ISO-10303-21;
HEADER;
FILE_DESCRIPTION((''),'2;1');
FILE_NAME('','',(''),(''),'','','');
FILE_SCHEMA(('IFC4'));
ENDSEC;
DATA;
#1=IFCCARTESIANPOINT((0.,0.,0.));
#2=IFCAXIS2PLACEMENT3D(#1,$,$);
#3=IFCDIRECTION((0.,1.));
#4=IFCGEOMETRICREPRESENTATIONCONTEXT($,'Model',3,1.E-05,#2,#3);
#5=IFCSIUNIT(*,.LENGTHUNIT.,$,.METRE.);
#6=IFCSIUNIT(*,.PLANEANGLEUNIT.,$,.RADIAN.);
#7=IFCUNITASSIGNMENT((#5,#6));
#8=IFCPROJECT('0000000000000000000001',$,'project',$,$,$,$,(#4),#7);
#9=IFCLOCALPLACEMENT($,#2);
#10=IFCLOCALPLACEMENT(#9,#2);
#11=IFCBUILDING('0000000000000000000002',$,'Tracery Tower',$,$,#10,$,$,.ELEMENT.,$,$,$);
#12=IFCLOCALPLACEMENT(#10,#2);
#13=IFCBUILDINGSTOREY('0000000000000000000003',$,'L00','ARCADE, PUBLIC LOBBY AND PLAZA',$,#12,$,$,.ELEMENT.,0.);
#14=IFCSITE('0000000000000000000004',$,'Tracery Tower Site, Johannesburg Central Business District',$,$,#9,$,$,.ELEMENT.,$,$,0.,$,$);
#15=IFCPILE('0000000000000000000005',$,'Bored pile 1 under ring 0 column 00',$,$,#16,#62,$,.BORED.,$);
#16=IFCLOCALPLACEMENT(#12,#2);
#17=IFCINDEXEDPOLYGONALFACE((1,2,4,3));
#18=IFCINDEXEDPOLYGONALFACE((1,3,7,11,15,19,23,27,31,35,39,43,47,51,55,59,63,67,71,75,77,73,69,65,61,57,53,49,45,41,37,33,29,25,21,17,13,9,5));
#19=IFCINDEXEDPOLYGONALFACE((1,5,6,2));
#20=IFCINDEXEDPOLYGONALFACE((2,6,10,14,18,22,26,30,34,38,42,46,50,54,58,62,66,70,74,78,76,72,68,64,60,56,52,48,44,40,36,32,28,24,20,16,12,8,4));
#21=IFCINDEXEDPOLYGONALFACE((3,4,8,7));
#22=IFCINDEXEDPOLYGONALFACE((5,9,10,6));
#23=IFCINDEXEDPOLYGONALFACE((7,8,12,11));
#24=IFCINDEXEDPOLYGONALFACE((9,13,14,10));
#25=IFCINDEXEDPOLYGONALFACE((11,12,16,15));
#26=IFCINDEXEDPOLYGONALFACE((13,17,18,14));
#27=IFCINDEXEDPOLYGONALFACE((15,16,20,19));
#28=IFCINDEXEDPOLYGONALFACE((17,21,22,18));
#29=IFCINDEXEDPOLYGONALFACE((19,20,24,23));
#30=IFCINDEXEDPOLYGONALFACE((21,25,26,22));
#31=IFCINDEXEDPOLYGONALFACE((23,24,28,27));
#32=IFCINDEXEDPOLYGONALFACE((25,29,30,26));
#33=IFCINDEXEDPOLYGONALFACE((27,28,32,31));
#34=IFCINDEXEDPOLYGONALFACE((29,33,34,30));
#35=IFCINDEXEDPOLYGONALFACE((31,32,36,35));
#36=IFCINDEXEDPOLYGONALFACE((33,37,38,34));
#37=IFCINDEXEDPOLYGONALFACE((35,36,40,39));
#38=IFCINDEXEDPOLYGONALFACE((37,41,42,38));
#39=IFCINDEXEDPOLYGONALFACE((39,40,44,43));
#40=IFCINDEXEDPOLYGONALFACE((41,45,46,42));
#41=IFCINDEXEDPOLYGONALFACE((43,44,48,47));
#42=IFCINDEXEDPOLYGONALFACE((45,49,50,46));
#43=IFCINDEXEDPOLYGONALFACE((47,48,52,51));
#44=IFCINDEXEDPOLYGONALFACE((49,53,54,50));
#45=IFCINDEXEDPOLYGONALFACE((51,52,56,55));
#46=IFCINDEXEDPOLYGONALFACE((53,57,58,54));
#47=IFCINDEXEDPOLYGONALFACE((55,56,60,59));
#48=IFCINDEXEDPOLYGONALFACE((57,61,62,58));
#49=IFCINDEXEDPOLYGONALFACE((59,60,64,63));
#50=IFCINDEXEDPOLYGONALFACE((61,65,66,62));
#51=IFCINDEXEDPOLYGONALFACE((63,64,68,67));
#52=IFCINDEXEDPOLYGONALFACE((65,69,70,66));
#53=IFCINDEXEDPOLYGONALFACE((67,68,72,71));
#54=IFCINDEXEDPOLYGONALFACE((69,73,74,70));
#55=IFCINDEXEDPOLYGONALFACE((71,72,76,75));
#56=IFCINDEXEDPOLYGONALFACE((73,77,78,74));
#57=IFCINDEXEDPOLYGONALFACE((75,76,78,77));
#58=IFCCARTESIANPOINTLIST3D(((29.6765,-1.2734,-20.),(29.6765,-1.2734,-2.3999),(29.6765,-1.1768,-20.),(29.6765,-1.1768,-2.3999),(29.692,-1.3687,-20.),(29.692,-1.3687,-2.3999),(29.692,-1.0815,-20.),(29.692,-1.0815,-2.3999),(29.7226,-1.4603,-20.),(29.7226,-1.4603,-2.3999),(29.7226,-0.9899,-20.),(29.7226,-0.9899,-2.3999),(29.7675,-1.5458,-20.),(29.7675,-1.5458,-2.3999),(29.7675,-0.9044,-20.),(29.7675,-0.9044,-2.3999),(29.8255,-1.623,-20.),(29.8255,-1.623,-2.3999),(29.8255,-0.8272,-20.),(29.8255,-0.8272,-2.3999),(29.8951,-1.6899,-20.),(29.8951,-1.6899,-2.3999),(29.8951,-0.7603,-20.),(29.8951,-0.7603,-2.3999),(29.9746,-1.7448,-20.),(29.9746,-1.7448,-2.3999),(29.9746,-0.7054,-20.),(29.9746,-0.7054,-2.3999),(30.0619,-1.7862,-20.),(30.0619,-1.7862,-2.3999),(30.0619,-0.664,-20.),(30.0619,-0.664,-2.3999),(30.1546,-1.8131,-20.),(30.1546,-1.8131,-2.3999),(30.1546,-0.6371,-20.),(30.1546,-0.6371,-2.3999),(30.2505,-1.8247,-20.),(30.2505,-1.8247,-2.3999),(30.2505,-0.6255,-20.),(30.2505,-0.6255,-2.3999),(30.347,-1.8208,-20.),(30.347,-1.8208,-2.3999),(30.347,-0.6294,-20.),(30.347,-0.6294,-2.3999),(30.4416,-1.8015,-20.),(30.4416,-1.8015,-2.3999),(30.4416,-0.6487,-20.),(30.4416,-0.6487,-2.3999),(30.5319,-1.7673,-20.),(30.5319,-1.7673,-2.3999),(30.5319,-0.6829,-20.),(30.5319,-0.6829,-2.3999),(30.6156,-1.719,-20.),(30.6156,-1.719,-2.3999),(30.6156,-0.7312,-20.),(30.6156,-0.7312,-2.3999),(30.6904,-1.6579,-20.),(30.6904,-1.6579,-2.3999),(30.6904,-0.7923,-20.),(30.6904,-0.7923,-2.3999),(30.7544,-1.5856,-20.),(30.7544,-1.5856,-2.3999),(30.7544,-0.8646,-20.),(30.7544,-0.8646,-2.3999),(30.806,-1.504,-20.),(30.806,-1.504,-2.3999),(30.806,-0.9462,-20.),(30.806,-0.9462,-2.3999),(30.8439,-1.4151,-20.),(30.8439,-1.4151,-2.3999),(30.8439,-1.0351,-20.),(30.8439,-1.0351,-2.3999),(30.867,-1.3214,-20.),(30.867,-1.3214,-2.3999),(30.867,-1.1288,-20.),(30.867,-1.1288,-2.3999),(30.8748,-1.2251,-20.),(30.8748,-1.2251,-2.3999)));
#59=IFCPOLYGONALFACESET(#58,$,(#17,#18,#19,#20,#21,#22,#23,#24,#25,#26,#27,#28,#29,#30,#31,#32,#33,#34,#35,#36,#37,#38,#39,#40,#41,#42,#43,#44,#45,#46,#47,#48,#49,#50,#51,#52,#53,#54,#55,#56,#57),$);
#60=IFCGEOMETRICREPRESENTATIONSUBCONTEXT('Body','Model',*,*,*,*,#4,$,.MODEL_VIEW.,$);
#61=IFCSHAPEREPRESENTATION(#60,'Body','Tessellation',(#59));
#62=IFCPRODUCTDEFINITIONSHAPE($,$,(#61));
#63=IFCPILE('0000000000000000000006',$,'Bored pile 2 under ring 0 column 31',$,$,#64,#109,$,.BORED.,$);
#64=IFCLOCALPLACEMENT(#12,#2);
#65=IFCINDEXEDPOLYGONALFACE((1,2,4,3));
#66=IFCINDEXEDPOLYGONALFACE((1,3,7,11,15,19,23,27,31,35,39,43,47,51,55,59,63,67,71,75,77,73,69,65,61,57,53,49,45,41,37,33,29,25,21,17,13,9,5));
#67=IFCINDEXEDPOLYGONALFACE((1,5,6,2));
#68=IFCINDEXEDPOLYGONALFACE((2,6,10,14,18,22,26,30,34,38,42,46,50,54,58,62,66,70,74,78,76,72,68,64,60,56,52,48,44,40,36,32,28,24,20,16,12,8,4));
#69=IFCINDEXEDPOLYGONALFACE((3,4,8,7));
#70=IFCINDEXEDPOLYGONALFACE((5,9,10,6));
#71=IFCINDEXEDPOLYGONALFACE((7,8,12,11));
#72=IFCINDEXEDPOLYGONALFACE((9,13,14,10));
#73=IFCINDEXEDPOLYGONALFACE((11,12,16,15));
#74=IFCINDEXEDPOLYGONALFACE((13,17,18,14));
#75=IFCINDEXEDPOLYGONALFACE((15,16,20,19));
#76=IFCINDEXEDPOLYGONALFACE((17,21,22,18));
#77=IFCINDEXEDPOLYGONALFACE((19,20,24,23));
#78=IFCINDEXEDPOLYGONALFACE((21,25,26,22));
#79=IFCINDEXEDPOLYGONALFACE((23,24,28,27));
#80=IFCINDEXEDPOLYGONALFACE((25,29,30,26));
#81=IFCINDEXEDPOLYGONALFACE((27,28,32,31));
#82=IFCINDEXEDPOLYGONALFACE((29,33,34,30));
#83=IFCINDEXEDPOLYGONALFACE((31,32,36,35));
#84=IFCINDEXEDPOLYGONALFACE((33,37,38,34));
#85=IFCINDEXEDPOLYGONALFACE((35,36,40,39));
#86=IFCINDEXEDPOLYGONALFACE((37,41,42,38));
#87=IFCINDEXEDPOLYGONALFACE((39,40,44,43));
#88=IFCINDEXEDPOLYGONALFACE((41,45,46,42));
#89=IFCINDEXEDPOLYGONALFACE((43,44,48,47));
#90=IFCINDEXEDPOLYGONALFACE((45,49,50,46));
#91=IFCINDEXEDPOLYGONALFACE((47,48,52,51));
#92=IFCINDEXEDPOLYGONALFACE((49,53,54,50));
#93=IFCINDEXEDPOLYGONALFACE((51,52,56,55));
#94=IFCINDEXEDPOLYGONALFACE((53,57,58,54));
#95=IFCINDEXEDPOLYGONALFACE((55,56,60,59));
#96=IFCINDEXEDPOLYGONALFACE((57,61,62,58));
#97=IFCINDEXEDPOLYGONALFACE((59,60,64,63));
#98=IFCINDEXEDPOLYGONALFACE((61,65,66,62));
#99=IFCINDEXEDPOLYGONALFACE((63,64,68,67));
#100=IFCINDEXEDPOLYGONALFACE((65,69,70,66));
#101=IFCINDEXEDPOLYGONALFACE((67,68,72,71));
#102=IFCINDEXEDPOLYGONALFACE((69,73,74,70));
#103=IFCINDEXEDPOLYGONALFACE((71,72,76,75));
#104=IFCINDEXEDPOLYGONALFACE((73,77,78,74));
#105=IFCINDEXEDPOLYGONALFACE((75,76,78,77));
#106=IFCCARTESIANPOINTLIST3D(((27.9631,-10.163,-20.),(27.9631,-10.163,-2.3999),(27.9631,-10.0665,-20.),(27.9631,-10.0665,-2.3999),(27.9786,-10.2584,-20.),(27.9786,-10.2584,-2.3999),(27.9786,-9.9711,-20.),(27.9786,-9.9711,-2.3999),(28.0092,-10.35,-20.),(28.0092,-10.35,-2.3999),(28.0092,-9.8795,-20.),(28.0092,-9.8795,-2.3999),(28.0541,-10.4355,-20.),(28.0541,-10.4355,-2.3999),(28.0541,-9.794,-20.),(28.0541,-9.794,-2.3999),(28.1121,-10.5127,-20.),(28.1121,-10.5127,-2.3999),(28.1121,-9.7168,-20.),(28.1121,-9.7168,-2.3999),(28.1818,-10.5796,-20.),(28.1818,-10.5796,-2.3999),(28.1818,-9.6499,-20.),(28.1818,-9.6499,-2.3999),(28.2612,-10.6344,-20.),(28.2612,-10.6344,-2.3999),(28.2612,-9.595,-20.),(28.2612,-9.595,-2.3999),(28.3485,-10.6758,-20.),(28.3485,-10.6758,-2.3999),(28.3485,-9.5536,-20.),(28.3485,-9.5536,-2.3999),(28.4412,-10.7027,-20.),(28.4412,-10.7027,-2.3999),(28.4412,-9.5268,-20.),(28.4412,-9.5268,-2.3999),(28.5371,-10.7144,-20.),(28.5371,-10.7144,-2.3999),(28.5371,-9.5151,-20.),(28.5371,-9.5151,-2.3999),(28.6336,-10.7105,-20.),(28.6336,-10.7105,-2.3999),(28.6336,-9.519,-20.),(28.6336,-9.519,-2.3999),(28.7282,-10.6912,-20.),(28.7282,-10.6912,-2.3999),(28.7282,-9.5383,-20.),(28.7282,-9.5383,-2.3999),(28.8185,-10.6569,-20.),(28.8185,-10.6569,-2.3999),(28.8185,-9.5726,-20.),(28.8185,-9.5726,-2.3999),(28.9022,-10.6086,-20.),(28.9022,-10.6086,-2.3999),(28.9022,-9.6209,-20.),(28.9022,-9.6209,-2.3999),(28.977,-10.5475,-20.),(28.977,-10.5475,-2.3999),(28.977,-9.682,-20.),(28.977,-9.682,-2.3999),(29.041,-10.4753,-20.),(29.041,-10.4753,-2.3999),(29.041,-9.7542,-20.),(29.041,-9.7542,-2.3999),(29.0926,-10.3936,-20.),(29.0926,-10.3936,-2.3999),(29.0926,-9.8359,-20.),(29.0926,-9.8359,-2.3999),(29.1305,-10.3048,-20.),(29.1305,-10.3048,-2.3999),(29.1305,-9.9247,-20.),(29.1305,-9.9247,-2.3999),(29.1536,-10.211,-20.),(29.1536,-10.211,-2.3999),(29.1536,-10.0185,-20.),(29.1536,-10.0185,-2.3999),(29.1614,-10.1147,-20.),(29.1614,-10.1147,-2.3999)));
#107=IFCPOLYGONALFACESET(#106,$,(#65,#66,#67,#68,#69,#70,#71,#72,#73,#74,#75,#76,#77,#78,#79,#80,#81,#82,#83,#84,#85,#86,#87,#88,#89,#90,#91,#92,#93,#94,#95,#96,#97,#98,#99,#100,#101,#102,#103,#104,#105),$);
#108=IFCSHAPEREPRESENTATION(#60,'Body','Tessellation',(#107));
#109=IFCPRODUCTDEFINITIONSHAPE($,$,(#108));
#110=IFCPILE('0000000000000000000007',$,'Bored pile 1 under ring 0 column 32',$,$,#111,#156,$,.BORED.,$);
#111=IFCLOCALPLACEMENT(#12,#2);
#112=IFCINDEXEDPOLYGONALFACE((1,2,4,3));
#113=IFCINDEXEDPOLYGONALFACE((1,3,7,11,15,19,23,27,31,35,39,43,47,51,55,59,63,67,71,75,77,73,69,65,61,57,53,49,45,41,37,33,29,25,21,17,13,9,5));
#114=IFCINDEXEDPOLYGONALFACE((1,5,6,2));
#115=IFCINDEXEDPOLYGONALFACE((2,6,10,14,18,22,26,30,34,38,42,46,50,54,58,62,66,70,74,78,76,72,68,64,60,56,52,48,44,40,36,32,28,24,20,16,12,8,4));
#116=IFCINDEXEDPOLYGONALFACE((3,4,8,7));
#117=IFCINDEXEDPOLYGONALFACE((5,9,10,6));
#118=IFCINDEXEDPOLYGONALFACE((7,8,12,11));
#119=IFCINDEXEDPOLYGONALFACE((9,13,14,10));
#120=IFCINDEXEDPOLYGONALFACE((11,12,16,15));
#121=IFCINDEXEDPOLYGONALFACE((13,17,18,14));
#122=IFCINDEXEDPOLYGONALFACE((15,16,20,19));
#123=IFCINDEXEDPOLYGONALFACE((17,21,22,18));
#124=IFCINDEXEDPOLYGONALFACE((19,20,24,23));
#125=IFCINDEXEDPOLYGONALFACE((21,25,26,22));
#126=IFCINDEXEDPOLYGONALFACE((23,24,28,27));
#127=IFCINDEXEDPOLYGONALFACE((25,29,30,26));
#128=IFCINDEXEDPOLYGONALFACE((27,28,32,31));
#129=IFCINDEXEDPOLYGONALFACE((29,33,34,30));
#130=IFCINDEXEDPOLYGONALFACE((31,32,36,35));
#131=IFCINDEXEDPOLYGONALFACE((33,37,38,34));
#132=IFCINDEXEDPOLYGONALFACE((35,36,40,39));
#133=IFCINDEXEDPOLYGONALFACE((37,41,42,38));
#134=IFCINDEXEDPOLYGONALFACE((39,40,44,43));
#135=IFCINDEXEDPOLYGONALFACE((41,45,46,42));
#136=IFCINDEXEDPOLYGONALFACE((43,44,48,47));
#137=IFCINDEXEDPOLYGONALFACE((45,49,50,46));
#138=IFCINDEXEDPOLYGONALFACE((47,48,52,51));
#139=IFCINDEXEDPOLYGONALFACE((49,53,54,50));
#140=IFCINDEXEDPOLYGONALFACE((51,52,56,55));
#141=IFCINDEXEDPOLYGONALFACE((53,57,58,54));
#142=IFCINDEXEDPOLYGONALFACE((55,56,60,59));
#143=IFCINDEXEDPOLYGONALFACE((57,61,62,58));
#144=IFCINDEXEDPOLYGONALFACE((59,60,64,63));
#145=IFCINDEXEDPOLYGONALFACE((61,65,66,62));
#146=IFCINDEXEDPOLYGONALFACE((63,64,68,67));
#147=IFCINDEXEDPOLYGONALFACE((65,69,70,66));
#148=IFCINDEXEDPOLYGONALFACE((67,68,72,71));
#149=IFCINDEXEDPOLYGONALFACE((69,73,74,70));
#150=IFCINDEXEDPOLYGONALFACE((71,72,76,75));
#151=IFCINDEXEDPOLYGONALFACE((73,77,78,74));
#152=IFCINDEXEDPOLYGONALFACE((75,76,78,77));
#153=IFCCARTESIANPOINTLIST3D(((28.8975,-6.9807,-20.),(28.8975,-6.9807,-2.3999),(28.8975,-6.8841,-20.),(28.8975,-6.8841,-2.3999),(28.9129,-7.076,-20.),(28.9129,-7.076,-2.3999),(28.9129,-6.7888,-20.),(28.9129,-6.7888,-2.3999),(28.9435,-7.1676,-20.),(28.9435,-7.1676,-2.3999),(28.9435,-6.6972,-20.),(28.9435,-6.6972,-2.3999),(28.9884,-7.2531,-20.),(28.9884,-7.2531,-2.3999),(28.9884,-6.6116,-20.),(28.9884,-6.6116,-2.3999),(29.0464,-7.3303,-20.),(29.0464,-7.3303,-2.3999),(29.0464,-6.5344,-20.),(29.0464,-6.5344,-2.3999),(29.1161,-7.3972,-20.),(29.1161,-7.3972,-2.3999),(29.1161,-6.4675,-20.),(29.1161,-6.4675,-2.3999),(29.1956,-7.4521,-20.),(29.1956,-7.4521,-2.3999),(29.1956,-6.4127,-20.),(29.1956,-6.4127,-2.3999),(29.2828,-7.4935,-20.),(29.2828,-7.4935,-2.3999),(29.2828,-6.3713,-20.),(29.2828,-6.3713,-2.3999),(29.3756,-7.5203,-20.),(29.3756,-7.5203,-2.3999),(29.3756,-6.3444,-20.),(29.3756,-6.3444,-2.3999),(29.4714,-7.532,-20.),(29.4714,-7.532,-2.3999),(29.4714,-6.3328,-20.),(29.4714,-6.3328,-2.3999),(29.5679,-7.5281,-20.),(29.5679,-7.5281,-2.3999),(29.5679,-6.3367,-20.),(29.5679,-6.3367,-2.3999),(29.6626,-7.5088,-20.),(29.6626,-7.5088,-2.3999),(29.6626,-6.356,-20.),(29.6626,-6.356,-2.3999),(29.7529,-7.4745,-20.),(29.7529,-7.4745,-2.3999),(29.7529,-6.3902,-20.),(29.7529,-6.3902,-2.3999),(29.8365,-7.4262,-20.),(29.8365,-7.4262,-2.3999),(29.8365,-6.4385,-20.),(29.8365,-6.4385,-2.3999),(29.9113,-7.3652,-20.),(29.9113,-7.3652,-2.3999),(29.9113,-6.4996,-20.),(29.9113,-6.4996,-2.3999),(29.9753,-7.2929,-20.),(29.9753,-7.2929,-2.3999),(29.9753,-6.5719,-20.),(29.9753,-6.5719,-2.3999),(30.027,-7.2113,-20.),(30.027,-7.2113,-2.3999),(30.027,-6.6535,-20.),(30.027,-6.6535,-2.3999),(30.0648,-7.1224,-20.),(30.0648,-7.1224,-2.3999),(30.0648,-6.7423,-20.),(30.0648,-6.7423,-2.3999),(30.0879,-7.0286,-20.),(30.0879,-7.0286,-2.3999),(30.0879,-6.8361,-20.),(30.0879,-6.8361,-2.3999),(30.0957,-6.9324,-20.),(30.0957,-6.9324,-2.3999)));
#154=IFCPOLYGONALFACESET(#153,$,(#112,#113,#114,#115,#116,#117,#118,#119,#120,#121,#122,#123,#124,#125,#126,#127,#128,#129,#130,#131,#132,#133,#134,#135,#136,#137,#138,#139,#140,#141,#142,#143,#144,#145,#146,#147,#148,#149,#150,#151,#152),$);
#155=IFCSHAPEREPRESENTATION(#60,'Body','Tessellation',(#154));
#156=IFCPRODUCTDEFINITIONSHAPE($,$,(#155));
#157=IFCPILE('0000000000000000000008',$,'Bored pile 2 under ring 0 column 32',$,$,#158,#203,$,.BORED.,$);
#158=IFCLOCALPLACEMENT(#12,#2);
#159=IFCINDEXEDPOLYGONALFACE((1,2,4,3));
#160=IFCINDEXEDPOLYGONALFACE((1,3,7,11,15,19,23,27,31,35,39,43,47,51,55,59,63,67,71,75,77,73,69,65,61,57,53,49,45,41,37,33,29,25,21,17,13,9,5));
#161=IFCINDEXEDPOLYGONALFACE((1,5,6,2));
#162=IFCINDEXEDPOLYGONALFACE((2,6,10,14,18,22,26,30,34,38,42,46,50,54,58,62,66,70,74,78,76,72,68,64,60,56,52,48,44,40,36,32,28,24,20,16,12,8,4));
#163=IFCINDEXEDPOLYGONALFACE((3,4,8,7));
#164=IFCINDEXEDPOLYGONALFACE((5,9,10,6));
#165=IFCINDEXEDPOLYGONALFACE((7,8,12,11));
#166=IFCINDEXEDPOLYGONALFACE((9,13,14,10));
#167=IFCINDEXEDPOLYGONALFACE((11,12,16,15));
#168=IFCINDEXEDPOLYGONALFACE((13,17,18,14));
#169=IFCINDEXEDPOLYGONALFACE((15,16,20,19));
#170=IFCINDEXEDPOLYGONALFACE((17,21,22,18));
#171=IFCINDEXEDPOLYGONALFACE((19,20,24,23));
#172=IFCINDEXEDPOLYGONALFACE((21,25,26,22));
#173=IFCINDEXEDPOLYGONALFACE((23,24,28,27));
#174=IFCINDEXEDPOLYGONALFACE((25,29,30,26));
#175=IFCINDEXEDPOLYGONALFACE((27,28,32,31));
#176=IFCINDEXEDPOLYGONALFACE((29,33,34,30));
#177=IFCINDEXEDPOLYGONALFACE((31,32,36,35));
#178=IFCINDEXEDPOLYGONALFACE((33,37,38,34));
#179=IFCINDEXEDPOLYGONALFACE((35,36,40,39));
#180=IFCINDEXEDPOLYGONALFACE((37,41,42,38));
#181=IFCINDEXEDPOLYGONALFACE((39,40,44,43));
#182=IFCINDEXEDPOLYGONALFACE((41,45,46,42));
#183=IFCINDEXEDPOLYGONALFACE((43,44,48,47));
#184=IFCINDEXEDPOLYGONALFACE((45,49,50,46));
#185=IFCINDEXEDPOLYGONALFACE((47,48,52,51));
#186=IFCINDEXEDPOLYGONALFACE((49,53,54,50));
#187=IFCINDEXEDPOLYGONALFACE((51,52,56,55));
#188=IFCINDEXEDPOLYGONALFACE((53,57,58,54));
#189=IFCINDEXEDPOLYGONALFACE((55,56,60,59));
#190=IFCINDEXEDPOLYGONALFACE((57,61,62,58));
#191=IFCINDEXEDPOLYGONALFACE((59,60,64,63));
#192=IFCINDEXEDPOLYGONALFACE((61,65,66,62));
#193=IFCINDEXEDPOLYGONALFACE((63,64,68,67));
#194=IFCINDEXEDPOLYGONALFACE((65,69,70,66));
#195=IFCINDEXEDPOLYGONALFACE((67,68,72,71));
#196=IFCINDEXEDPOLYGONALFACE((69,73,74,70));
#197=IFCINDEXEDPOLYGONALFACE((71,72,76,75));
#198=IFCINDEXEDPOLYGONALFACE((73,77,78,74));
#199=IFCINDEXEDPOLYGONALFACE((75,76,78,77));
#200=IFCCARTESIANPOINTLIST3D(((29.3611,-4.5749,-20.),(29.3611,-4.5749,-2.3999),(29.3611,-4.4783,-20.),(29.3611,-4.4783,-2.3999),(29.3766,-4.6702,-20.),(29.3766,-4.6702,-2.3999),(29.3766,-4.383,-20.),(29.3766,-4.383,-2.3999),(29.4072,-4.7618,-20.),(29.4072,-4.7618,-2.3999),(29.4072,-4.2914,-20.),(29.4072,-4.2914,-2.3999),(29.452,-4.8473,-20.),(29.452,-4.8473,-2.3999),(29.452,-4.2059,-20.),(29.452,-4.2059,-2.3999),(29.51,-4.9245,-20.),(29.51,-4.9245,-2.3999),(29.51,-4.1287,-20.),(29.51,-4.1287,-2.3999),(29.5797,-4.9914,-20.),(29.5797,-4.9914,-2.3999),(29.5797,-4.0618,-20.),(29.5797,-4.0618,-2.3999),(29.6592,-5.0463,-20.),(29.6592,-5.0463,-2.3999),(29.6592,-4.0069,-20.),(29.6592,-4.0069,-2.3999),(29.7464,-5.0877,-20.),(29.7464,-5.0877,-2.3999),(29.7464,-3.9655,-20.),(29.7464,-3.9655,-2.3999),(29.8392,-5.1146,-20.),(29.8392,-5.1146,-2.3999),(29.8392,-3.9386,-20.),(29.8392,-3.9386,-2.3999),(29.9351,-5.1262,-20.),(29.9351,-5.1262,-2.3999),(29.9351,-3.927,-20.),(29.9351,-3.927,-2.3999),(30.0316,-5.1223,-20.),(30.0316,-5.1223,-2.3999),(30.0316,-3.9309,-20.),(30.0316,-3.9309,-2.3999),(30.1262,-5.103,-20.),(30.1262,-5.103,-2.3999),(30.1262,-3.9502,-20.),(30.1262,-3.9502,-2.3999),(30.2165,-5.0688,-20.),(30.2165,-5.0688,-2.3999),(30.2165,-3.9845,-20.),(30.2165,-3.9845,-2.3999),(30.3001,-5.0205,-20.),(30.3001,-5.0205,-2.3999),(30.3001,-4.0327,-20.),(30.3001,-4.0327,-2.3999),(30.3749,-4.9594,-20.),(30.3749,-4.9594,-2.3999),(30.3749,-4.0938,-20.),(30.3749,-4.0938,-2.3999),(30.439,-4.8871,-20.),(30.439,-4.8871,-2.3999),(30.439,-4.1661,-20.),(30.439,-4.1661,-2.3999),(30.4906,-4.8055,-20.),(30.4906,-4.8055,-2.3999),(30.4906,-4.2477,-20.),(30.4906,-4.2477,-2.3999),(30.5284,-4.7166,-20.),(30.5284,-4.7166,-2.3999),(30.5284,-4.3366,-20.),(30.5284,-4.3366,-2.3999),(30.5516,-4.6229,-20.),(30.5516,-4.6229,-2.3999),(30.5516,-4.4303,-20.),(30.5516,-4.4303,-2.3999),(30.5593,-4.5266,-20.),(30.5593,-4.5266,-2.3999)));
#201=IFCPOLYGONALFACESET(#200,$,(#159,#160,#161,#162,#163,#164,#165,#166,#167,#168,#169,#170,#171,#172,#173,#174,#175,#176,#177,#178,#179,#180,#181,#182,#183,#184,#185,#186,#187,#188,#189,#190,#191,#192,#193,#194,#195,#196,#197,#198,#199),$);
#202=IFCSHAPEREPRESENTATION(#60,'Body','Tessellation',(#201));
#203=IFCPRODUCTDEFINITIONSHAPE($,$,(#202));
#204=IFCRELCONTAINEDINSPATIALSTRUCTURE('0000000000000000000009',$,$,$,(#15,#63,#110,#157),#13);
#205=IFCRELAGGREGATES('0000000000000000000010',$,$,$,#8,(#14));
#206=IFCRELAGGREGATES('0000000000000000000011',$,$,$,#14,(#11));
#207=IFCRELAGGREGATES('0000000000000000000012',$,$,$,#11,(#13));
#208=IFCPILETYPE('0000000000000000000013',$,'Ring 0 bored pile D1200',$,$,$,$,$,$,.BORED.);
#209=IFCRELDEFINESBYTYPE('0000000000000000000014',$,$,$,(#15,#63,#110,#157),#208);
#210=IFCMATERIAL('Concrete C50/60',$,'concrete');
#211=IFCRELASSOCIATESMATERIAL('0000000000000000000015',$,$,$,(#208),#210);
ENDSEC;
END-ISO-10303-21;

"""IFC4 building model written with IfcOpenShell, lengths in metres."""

from ifc_helpers import new_model, si_unit, direction, frame, origin, origin_2d, place, context, subcontext, project, spatial, circle, extrude, material, material_profile, profile_set, type_object, element, save


model = new_model("IFC4")

# Units and contexts
model_context = context("Model", 3, precision=1e-05, world=origin(), true_north=direction((0.0, 1.0)))
body_context = subcontext(model_context, "Body", "Model", "MODEL_VIEW")
ifc_project = project(units=[si_unit("LENGTHUNIT", "METRE"), si_unit("PLANEANGLEUNIT", "RADIAN")], contexts=[model_context])

# Site, building, storey
site_placement = place(None, origin())
site = spatial("IfcSite", under=ifc_project, at=site_placement, Name="Tracery Tower Site, Johannesburg Central Business District", CompositionType="ELEMENT", RefElevation=0.0)
building_placement = place(site_placement, origin())
building = spatial("IfcBuilding", under=site, at=building_placement, Name="Tracery Tower", CompositionType="ELEMENT")
storey_placement = place(building_placement, origin())
storey = spatial("IfcBuildingStorey", under=building, at=storey_placement, Name="L00", Description="ARCADE, PUBLIC LOBBY AND PLAZA", CompositionType="ELEMENT", Elevation=0.0)

# Piles
ifc_material_1 = material(Name="Concrete C50/60", Category="concrete")
ifc_material_profile_1 = material_profile(ifc_material_1, circle(Radius=0.6001, at=origin_2d()), Name="RC D1200")
ifc_profile_set_1 = profile_set([ifc_material_profile_1], Name="Concrete C50/60")
pile_type_1 = type_object("IfcPileType", Name="Ring 0 bored pile D1200", PredefinedType="BORED", material=ifc_profile_set_1)
for number, where, z_axis, x_axis, name in (
    (1, (30.2747, -1.2251, -2.3999), (0.0, 0.0, -1.0), (1.0, 0.0, 0.0), "Bored pile 1 under ring 0 column 00"),
    (2, (28.5613, -10.1147, -2.3999), (0.0, 0.0, -1.0), (1.0, 0.0, 0.0), "Bored pile 2 under ring 0 column 31"),
    (3, (29.4956, -6.9324, -2.3999), (0.0, 0.0, -1.0), (1.0, 0.0, 0.0), "Bored pile 1 under ring 0 column 32"),
    (4, (29.9592, -4.5266, -2.3999), (0.0, 0.0, -1.0), (1.0, 0.0, 0.0), "Bored pile 2 under ring 0 column 32"),
):
    element("IfcPile", number, at=place(storey_placement, frame(where, z_axis=z_axis, x_axis=x_axis)), inside=storey, type_object=pile_type_1, Name=name, PredefinedType="BORED", context=body_context, shape_type="SweptSolid", body=[
        extrude(circle(Radius=0.6001, at=origin_2d()), origin(), (0.0, 0.0, 1.0), 17.6001),
    ])

save(model, "model.ifc")
